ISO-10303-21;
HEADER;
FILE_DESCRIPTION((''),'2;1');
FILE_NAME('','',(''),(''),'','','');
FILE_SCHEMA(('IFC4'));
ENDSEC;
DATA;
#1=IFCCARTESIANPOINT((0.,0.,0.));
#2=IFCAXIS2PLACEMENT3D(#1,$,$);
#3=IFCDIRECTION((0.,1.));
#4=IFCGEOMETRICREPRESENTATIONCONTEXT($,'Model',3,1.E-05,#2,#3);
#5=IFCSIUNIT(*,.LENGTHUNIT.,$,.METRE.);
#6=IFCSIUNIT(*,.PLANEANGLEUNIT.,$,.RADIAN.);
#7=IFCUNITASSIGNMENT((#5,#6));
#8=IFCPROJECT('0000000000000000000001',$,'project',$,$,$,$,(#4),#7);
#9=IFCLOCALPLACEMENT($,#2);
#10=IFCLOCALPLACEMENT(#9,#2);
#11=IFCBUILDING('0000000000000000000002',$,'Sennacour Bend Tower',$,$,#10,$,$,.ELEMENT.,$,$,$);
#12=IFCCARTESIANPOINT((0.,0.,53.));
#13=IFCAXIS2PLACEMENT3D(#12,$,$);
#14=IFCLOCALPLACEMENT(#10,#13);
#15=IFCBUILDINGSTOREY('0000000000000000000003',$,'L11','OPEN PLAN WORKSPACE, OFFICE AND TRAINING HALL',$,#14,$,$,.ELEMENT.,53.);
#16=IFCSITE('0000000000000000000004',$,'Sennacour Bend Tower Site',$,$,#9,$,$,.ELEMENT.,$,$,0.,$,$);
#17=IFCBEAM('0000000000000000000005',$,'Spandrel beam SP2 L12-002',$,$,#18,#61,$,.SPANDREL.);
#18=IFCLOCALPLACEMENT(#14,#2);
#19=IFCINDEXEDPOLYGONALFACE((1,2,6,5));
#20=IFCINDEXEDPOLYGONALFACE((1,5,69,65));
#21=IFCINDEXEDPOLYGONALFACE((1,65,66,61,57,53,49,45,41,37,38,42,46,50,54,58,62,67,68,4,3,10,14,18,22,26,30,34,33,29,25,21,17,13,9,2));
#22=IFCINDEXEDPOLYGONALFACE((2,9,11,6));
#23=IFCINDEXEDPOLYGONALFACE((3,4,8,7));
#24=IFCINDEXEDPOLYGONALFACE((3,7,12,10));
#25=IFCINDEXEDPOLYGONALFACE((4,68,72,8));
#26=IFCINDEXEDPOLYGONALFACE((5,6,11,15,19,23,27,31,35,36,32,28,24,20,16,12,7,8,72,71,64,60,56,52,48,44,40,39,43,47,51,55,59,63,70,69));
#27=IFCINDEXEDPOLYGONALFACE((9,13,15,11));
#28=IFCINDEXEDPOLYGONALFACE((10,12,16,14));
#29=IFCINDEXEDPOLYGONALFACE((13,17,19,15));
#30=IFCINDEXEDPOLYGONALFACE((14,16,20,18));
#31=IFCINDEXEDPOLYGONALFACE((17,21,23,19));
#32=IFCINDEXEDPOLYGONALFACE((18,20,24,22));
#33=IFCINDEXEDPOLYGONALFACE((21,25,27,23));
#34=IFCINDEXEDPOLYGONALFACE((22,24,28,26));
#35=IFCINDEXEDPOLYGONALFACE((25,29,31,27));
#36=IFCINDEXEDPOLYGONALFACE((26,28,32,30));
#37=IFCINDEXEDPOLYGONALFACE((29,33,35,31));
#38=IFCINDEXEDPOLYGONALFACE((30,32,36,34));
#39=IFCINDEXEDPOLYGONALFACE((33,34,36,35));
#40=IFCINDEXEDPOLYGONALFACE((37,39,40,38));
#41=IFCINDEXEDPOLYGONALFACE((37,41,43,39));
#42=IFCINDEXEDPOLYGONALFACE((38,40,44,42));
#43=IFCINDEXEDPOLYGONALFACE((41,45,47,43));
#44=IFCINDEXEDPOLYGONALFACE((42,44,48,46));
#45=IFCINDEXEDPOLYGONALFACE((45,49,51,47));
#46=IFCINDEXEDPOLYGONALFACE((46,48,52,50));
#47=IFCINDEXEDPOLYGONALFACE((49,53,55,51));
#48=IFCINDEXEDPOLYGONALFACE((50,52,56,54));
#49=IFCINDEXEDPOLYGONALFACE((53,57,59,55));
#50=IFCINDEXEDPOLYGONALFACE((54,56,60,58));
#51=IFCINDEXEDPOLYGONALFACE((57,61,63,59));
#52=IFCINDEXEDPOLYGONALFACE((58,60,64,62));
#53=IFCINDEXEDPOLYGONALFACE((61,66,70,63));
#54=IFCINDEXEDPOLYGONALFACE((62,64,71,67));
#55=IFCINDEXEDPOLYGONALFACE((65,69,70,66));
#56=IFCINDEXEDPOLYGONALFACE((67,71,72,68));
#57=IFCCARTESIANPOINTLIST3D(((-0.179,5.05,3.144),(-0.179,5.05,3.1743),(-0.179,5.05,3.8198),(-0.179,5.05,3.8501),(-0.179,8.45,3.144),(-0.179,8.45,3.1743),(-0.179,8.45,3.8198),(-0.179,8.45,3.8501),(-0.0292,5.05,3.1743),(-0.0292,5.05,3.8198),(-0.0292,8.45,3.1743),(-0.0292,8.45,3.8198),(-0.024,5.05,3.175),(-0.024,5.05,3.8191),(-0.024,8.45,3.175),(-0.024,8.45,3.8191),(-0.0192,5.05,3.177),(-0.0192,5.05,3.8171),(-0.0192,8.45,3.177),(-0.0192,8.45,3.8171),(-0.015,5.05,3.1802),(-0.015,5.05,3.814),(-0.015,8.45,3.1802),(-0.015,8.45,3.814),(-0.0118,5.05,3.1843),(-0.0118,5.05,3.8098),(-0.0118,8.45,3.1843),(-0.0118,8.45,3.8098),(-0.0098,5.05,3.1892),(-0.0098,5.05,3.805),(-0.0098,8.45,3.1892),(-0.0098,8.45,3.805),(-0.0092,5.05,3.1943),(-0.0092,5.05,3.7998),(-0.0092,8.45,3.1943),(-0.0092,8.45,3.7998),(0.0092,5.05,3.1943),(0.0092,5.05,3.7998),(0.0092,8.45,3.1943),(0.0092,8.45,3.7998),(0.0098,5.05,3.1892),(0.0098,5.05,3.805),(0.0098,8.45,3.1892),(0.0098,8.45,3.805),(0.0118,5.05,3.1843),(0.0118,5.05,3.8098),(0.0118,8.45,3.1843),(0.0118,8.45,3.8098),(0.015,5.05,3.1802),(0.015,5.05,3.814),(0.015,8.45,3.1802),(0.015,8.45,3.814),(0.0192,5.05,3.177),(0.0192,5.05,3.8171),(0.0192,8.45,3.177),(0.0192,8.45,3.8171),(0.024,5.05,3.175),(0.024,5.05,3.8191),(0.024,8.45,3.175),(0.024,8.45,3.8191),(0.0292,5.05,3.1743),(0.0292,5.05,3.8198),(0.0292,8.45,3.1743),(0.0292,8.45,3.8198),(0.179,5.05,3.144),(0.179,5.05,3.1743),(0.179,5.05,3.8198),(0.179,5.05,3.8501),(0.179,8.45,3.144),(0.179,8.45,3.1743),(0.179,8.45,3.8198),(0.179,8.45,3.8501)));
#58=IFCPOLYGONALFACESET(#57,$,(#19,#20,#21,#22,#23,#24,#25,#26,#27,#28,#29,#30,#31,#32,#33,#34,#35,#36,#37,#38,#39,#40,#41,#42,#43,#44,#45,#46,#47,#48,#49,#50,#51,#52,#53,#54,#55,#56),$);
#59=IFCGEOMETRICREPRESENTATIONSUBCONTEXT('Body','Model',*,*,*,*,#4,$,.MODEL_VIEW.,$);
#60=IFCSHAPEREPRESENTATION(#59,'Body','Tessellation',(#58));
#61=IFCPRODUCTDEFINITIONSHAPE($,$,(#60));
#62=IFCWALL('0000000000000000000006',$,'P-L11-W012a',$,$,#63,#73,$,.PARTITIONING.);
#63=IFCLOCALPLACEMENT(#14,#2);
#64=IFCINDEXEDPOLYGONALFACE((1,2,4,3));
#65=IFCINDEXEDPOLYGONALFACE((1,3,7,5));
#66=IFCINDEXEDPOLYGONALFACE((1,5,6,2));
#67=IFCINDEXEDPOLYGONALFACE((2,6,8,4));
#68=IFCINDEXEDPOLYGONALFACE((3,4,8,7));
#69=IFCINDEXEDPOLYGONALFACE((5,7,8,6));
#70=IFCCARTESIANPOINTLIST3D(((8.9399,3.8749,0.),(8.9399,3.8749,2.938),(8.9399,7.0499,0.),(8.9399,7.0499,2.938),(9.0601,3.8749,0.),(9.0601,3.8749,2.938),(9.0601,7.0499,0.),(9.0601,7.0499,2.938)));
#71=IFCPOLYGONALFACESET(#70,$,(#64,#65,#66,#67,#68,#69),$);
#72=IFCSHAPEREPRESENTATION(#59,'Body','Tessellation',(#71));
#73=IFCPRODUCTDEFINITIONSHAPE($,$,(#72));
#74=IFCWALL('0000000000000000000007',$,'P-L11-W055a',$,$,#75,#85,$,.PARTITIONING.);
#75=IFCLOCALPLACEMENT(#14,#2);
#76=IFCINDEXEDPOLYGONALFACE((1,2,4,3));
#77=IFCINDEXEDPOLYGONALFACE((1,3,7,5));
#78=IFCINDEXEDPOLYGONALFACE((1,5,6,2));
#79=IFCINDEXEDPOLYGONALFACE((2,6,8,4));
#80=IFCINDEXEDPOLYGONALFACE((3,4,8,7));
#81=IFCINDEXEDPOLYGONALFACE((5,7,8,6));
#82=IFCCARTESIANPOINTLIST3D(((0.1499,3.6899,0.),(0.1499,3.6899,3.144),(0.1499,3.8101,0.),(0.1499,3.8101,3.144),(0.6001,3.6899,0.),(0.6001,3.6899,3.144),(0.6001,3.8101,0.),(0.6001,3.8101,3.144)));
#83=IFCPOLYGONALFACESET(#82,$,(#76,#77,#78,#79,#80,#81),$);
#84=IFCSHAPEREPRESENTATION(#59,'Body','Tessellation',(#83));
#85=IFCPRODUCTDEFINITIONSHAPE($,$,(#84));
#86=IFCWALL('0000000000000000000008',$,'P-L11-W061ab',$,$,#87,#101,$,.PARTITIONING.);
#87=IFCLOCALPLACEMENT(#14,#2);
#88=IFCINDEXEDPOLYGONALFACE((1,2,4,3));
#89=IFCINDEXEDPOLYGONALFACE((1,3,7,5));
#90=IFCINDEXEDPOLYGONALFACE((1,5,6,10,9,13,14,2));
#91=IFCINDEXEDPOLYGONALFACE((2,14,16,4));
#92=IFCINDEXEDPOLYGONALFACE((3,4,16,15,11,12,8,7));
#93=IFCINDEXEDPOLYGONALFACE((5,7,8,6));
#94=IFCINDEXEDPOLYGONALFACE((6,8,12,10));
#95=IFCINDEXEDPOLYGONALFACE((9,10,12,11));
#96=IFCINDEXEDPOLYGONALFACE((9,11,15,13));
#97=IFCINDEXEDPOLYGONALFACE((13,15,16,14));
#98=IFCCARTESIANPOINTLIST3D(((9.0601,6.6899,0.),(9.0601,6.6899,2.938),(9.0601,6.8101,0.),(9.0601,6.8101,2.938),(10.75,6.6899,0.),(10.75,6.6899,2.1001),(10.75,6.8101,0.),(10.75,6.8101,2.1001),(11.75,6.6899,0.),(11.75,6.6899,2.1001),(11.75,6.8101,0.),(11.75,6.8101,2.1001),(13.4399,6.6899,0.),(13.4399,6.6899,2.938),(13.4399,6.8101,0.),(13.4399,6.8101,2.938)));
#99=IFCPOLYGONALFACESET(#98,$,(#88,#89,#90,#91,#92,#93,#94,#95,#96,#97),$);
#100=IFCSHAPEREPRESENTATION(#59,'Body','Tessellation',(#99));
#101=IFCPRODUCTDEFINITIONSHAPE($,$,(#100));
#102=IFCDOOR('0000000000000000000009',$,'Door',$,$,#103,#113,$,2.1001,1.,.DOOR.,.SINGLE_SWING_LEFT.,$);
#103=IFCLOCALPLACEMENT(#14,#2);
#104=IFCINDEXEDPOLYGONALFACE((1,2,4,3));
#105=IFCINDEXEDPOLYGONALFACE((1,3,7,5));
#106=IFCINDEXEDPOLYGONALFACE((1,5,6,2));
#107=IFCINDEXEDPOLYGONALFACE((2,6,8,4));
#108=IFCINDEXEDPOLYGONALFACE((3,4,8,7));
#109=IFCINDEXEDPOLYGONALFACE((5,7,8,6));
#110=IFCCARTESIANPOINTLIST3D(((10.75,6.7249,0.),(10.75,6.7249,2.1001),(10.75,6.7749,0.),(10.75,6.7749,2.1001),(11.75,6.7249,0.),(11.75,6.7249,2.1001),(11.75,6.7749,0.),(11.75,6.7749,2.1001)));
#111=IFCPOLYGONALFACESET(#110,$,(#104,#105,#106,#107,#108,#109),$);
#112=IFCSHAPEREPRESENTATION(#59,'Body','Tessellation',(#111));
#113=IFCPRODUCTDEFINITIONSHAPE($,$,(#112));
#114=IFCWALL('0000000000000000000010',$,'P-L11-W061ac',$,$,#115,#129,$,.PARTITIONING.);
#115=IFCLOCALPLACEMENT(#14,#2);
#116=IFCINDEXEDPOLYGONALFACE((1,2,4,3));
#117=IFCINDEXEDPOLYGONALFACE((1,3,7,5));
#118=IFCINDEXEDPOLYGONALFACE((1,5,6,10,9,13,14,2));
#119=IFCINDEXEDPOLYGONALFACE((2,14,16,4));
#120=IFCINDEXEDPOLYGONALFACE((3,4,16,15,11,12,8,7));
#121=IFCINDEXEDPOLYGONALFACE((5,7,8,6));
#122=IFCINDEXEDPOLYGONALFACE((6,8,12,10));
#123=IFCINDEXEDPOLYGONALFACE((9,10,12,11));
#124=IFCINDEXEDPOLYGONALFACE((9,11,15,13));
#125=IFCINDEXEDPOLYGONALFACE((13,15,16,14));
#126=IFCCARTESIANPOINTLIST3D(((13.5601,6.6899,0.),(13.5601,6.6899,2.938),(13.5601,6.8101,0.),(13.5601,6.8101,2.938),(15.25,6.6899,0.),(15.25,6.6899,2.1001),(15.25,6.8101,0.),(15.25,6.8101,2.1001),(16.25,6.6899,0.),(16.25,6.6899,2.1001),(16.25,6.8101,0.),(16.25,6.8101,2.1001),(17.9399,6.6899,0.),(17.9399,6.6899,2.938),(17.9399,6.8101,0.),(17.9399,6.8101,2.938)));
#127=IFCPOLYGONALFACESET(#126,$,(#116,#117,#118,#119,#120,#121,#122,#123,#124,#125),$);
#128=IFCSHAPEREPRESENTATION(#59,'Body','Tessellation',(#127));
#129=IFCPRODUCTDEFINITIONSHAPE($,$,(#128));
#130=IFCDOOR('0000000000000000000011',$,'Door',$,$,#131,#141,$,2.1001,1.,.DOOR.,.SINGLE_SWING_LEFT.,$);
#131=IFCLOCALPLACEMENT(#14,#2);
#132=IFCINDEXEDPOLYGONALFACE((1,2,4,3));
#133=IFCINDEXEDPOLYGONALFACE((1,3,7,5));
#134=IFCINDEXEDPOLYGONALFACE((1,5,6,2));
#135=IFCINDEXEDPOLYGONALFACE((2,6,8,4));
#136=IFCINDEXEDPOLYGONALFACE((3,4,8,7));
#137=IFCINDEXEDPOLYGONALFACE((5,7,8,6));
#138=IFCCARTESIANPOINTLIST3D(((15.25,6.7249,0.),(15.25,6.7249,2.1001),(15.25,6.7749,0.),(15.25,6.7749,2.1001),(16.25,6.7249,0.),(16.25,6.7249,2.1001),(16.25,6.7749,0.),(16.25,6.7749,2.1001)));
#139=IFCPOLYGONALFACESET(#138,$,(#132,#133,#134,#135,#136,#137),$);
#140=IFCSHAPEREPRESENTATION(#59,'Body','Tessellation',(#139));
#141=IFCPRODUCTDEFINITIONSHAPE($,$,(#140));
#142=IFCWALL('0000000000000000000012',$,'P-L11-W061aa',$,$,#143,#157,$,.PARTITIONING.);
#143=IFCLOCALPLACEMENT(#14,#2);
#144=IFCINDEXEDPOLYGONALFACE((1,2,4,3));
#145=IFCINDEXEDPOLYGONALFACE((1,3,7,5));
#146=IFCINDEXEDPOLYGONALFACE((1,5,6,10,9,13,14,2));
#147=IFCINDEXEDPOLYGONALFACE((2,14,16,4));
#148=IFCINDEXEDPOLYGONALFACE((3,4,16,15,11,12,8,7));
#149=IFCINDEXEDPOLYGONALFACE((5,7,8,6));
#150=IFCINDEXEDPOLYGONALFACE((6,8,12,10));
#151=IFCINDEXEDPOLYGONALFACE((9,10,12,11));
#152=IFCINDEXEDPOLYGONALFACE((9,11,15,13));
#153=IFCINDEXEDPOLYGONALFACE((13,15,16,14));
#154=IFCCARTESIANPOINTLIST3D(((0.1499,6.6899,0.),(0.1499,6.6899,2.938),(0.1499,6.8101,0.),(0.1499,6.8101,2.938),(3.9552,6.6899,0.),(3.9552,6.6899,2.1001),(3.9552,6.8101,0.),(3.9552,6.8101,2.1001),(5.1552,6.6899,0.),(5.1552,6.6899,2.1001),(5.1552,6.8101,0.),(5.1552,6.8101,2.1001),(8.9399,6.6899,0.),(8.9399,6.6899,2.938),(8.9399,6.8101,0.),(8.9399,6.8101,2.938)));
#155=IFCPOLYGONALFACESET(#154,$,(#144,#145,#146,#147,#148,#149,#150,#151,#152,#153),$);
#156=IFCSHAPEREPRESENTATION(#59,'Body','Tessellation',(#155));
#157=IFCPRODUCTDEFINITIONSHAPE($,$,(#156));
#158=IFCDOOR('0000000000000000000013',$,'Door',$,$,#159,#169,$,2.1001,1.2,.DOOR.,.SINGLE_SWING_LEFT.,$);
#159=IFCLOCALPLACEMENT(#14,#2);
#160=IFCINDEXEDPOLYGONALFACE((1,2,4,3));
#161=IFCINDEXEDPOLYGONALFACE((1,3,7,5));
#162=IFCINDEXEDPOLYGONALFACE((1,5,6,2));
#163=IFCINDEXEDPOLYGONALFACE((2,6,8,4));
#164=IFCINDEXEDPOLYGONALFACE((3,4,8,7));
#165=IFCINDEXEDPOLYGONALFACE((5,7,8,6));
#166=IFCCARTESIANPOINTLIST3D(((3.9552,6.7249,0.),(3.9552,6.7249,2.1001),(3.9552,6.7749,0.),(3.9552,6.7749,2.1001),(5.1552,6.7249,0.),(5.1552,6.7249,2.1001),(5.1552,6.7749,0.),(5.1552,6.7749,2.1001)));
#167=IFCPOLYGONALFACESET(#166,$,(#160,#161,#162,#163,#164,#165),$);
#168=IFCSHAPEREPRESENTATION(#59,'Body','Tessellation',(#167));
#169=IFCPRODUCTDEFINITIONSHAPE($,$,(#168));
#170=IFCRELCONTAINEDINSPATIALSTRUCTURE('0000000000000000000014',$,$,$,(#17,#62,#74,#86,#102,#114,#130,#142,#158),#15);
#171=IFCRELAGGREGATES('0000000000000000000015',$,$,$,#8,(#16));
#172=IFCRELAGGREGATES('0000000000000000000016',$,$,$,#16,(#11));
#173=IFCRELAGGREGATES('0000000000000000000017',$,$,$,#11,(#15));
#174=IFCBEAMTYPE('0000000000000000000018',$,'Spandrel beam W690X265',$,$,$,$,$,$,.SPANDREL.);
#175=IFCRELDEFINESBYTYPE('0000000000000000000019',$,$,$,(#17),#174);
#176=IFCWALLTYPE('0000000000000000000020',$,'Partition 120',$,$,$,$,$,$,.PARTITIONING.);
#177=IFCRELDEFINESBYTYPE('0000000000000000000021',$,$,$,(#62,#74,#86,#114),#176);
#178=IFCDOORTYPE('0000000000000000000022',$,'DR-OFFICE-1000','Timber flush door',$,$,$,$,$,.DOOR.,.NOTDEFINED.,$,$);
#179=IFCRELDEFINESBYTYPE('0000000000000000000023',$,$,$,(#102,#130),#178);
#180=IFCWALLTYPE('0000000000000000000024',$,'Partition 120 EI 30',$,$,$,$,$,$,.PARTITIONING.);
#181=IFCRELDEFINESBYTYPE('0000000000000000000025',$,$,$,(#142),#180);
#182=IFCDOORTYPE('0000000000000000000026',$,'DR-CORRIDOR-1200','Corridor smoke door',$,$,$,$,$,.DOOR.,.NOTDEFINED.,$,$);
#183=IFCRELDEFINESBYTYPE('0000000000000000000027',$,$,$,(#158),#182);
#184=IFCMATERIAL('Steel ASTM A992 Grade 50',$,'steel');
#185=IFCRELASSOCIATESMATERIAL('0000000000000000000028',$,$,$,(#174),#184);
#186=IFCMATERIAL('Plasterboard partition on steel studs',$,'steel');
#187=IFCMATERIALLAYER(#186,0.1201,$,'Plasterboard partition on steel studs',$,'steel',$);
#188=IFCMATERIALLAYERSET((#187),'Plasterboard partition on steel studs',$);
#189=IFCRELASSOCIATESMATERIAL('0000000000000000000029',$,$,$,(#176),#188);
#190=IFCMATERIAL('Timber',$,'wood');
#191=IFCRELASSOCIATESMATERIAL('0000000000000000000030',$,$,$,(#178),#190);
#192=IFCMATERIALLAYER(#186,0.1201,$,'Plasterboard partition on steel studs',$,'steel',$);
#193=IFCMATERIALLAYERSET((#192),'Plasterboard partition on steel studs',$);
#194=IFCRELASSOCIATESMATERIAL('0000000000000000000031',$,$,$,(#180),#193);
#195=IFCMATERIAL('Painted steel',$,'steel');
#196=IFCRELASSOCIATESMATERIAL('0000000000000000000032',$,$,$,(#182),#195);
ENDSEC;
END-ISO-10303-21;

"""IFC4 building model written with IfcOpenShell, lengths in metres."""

from ifc_helpers import new_model, si_unit, direction, frame, frame_2d, origin, origin_2d, place, context, subcontext, project, spatial, rectangle, i_section, extrude, material, layer, layer_set, material_profile, profile_set, type_object, element, fill, save


model = new_model("IFC4")

# Units and contexts
model_context = context("Model", 3, precision=1e-05, world=origin(), true_north=direction((0.0, 1.0)))
body_context = subcontext(model_context, "Body", "Model", "MODEL_VIEW")
ifc_project = project(units=[si_unit("LENGTHUNIT", "METRE"), si_unit("PLANEANGLEUNIT", "RADIAN")], contexts=[model_context])

# Site, building, storey
site_placement = place(None, origin())
site = spatial("IfcSite", under=ifc_project, at=site_placement, Name="Sennacour Bend Tower Site", CompositionType="ELEMENT", RefElevation=0.0)
building_placement = place(site_placement, origin())
building = spatial("IfcBuilding", under=site, at=building_placement, Name="Sennacour Bend Tower", CompositionType="ELEMENT")
storey_placement = place(building_placement, frame((0.0, 0.0, 53.0)))
storey = spatial("IfcBuildingStorey", under=building, at=storey_placement, Name="L11", Description="OPEN PLAN WORKSPACE, OFFICE AND TRAINING HALL", CompositionType="ELEMENT", Elevation=53.0)

# Beam
ifc_material_1 = material(Name="Steel ASTM A992 Grade 50", Category="steel")
ifc_material_profile_1 = material_profile(ifc_material_1, i_section(OverallWidth=0.3579, OverallDepth=0.7061, WebThickness=0.0183, FlangeThickness=0.0303, FilletRadius=0.02, at=origin_2d()), Name="Steel ASTM A992 Grade 50", Category="steel")
ifc_profile_set_1 = profile_set([ifc_material_profile_1], Name="Steel ASTM A992 Grade 50")
beam_type_1 = type_object("IfcBeamType", Name="Spandrel beam W690X265", PredefinedType="SPANDREL", material=ifc_profile_set_1)
beam_placement = place(storey_placement, frame((0.0, 5.05, 3.4971), z_axis=(0.0, 1.0, 0.0), x_axis=(-1.0, 0.0, 0.0)))
element("IfcBeam", 1, at=beam_placement, inside=storey, type_object=beam_type_1, Name="Spandrel beam SP2 L12-002", PredefinedType="SPANDREL", context=body_context, shape_type="SweptSolid", body=[
    extrude(i_section(OverallWidth=0.3579, OverallDepth=0.7061, WebThickness=0.0183, FlangeThickness=0.0303, FilletRadius=0.02, at=origin_2d()), origin(), (0.0, 0.0, 1.0), 3.3999),
])

# Walls
ifc_material_2 = material(Name="Plasterboard partition on steel studs", Category="steel")
ifc_layer_1 = layer(ifc_material_2, 0.1201, Name="Plasterboard partition on steel studs", Category="steel")
ifc_layer_set_1 = layer_set([ifc_layer_1], Name="Plasterboard partition on steel studs")
wall_type_1 = type_object("IfcWallType", Name="Partition 120", PredefinedType="PARTITIONING", material=ifc_layer_set_1)
wall_1_placement = place(storey_placement, frame((9.0, 3.875, 0.0), z_axis=(0.0, 0.0, 1.0), x_axis=(0.0, 1.0, 0.0)))
element("IfcWall", 2, at=wall_1_placement, inside=storey, type_object=wall_type_1, Name="P-L11-W012a", PredefinedType="PARTITIONING", context=body_context, shape_type="SweptSolid", body=[
    extrude(rectangle(XDim=3.175, YDim=0.1201, at=frame_2d((1.5874, 0.0))), origin(), (0.0, 0.0, 1.0), 2.938),
])
wall_2_placement = place(storey_placement, frame((0.1499, 3.75, 0.0), z_axis=(0.0, 0.0, 1.0), x_axis=(1.0, 0.0, 0.0)))
element("IfcWall", 3, at=wall_2_placement, inside=storey, type_object=wall_type_1, Name="P-L11-W055a", PredefinedType="PARTITIONING", context=body_context, shape_type="SweptSolid", body=[
    extrude(rectangle(XDim=0.4502, YDim=0.1201, at=frame_2d((0.2251, 0.0))), origin(), (0.0, 0.0, 1.0), 3.144),
])

# Walls, openings, doors
wall_3_placement = place(storey_placement, frame((9.0601, 6.75, 0.0), z_axis=(0.0, 0.0, 1.0), x_axis=(1.0, 0.0, 0.0)))
wall_3 = element("IfcWall", 4, at=wall_3_placement, inside=storey, type_object=wall_type_1, Name="P-L11-W061ab", PredefinedType="PARTITIONING", context=body_context, shape_type="SweptSolid", body=[
    extrude(rectangle(XDim=4.3799, YDim=0.1201, at=frame_2d((2.1899, 0.0))), origin(), (0.0, 0.0, 1.0), 2.938),
])
opening_1_placement = place(wall_3_placement, frame((1.6899, 0.0, 0.0)))
opening_1 = element("IfcOpeningElement", 5, at=opening_1_placement, cuts=wall_3, PredefinedType="OPENING", context=body_context, shape_type="SweptSolid", body=[
    extrude(rectangle(XDim=1.0, YDim=2.1001, at=frame_2d((0.5, 1.05))), frame((0.0, 0.0701, 0.0), z_axis=(0.0, -1.0, 0.0), x_axis=(1.0, 0.0, 0.0)), (0.0, 0.0, 1.0), 0.1401),
])
ifc_material_3 = material(Name="Timber", Category="wood")
door_type_1 = type_object("IfcDoorType", Name="DR-OFFICE-1000", Description="Timber flush door", OperationType="NOTDEFINED", PredefinedType="DOOR", material=ifc_material_3)
door_1_placement = place(opening_1_placement, origin())
door_1 = element("IfcDoor", 6, at=door_1_placement, inside=storey, type_object=door_type_1, Name="Door", OperationType="SINGLE_SWING_LEFT", OverallHeight=2.1001, OverallWidth=1.0, PredefinedType="DOOR", context=body_context, shape_type="SweptSolid", body=[
    extrude(rectangle(XDim=1.0, YDim=2.1001, at=frame_2d((0.5, 1.05))), frame((0.0, 0.0249, 0.0), z_axis=(0.0, -1.0, 0.0), x_axis=(1.0, 0.0, 0.0)), (0.0, 0.0, 1.0), 0.05),
])
fill(opening_1, door_1)
wall_4_placement = place(storey_placement, frame((13.5601, 6.75, 0.0), z_axis=(0.0, 0.0, 1.0), x_axis=(1.0, 0.0, 0.0)))
wall_4 = element("IfcWall", 7, at=wall_4_placement, inside=storey, type_object=wall_type_1, Name="P-L11-W061ac", PredefinedType="PARTITIONING", context=body_context, shape_type="SweptSolid", body=[
    extrude(rectangle(XDim=4.3799, YDim=0.1201, at=frame_2d((2.1899, 0.0))), origin(), (0.0, 0.0, 1.0), 2.938),
])
opening_2_placement = place(wall_4_placement, frame((1.6899, 0.0, 0.0)))
opening_2 = element("IfcOpeningElement", 8, at=opening_2_placement, cuts=wall_4, PredefinedType="OPENING", context=body_context, shape_type="SweptSolid", body=[
    extrude(rectangle(XDim=1.0, YDim=2.1001, at=frame_2d((0.5, 1.05))), frame((0.0, 0.0701, 0.0), z_axis=(0.0, -1.0, 0.0), x_axis=(1.0, 0.0, 0.0)), (0.0, 0.0, 1.0), 0.1401),
])
door_2_placement = place(opening_2_placement, origin())
door_2 = element("IfcDoor", 9, at=door_2_placement, inside=storey, type_object=door_type_1, Name="Door", OperationType="SINGLE_SWING_LEFT", OverallHeight=2.1001, OverallWidth=1.0, PredefinedType="DOOR", context=body_context, shape_type="SweptSolid", body=[
    extrude(rectangle(XDim=1.0, YDim=2.1001, at=frame_2d((0.5, 1.05))), frame((0.0, 0.0249, 0.0), z_axis=(0.0, -1.0, 0.0), x_axis=(1.0, 0.0, 0.0)), (0.0, 0.0, 1.0), 0.05),
])
fill(opening_2, door_2)
ifc_layer_2 = layer(ifc_material_2, 0.1201, Name="Plasterboard partition on steel studs", Category="steel")
ifc_layer_set_2 = layer_set([ifc_layer_2], Name="Plasterboard partition on steel studs")
wall_type_2 = type_object("IfcWallType", Name="Partition 120 EI 30", PredefinedType="PARTITIONING", material=ifc_layer_set_2)
wall_5_placement = place(storey_placement, frame((0.1499, 6.75, 0.0), z_axis=(0.0, 0.0, 1.0), x_axis=(1.0, 0.0, 0.0)))
wall_5 = element("IfcWall", 10, at=wall_5_placement, inside=storey, type_object=wall_type_2, Name="P-L11-W061aa", PredefinedType="PARTITIONING", context=body_context, shape_type="SweptSolid", body=[
    extrude(rectangle(XDim=8.79, YDim=0.1201, at=frame_2d((4.395, 0.0))), origin(), (0.0, 0.0, 1.0), 2.938),
])
opening_3_placement = place(wall_5_placement, frame((3.8052, 0.0, 0.0)))
opening_3 = element("IfcOpeningElement", 11, at=opening_3_placement, cuts=wall_5, PredefinedType="OPENING", context=body_context, shape_type="SweptSolid", body=[
    extrude(rectangle(XDim=1.2, YDim=2.1001, at=frame_2d((0.6001, 1.05))), frame((0.0, 0.0701, 0.0), z_axis=(0.0, -1.0, 0.0), x_axis=(1.0, 0.0, 0.0)), (0.0, 0.0, 1.0), 0.1401),
])
ifc_material_4 = material(Name="Painted steel", Category="steel")
door_type_2 = type_object("IfcDoorType", Name="DR-CORRIDOR-1200", Description="Corridor smoke door", OperationType="NOTDEFINED", PredefinedType="DOOR", material=ifc_material_4)
door_3_placement = place(opening_3_placement, origin())
door_3 = element("IfcDoor", 12, at=door_3_placement, inside=storey, type_object=door_type_2, Name="Door", OperationType="SINGLE_SWING_LEFT", OverallHeight=2.1001, OverallWidth=1.2, PredefinedType="DOOR", context=body_context, shape_type="SweptSolid", body=[
    extrude(rectangle(XDim=1.2, YDim=2.1001, at=frame_2d((0.6001, 1.05))), frame((0.0, 0.0249, 0.0), z_axis=(0.0, -1.0, 0.0), x_axis=(1.0, 0.0, 0.0)), (0.0, 0.0, 1.0), 0.05),
])
fill(opening_3, door_3)

save(model, "model.ifc")
